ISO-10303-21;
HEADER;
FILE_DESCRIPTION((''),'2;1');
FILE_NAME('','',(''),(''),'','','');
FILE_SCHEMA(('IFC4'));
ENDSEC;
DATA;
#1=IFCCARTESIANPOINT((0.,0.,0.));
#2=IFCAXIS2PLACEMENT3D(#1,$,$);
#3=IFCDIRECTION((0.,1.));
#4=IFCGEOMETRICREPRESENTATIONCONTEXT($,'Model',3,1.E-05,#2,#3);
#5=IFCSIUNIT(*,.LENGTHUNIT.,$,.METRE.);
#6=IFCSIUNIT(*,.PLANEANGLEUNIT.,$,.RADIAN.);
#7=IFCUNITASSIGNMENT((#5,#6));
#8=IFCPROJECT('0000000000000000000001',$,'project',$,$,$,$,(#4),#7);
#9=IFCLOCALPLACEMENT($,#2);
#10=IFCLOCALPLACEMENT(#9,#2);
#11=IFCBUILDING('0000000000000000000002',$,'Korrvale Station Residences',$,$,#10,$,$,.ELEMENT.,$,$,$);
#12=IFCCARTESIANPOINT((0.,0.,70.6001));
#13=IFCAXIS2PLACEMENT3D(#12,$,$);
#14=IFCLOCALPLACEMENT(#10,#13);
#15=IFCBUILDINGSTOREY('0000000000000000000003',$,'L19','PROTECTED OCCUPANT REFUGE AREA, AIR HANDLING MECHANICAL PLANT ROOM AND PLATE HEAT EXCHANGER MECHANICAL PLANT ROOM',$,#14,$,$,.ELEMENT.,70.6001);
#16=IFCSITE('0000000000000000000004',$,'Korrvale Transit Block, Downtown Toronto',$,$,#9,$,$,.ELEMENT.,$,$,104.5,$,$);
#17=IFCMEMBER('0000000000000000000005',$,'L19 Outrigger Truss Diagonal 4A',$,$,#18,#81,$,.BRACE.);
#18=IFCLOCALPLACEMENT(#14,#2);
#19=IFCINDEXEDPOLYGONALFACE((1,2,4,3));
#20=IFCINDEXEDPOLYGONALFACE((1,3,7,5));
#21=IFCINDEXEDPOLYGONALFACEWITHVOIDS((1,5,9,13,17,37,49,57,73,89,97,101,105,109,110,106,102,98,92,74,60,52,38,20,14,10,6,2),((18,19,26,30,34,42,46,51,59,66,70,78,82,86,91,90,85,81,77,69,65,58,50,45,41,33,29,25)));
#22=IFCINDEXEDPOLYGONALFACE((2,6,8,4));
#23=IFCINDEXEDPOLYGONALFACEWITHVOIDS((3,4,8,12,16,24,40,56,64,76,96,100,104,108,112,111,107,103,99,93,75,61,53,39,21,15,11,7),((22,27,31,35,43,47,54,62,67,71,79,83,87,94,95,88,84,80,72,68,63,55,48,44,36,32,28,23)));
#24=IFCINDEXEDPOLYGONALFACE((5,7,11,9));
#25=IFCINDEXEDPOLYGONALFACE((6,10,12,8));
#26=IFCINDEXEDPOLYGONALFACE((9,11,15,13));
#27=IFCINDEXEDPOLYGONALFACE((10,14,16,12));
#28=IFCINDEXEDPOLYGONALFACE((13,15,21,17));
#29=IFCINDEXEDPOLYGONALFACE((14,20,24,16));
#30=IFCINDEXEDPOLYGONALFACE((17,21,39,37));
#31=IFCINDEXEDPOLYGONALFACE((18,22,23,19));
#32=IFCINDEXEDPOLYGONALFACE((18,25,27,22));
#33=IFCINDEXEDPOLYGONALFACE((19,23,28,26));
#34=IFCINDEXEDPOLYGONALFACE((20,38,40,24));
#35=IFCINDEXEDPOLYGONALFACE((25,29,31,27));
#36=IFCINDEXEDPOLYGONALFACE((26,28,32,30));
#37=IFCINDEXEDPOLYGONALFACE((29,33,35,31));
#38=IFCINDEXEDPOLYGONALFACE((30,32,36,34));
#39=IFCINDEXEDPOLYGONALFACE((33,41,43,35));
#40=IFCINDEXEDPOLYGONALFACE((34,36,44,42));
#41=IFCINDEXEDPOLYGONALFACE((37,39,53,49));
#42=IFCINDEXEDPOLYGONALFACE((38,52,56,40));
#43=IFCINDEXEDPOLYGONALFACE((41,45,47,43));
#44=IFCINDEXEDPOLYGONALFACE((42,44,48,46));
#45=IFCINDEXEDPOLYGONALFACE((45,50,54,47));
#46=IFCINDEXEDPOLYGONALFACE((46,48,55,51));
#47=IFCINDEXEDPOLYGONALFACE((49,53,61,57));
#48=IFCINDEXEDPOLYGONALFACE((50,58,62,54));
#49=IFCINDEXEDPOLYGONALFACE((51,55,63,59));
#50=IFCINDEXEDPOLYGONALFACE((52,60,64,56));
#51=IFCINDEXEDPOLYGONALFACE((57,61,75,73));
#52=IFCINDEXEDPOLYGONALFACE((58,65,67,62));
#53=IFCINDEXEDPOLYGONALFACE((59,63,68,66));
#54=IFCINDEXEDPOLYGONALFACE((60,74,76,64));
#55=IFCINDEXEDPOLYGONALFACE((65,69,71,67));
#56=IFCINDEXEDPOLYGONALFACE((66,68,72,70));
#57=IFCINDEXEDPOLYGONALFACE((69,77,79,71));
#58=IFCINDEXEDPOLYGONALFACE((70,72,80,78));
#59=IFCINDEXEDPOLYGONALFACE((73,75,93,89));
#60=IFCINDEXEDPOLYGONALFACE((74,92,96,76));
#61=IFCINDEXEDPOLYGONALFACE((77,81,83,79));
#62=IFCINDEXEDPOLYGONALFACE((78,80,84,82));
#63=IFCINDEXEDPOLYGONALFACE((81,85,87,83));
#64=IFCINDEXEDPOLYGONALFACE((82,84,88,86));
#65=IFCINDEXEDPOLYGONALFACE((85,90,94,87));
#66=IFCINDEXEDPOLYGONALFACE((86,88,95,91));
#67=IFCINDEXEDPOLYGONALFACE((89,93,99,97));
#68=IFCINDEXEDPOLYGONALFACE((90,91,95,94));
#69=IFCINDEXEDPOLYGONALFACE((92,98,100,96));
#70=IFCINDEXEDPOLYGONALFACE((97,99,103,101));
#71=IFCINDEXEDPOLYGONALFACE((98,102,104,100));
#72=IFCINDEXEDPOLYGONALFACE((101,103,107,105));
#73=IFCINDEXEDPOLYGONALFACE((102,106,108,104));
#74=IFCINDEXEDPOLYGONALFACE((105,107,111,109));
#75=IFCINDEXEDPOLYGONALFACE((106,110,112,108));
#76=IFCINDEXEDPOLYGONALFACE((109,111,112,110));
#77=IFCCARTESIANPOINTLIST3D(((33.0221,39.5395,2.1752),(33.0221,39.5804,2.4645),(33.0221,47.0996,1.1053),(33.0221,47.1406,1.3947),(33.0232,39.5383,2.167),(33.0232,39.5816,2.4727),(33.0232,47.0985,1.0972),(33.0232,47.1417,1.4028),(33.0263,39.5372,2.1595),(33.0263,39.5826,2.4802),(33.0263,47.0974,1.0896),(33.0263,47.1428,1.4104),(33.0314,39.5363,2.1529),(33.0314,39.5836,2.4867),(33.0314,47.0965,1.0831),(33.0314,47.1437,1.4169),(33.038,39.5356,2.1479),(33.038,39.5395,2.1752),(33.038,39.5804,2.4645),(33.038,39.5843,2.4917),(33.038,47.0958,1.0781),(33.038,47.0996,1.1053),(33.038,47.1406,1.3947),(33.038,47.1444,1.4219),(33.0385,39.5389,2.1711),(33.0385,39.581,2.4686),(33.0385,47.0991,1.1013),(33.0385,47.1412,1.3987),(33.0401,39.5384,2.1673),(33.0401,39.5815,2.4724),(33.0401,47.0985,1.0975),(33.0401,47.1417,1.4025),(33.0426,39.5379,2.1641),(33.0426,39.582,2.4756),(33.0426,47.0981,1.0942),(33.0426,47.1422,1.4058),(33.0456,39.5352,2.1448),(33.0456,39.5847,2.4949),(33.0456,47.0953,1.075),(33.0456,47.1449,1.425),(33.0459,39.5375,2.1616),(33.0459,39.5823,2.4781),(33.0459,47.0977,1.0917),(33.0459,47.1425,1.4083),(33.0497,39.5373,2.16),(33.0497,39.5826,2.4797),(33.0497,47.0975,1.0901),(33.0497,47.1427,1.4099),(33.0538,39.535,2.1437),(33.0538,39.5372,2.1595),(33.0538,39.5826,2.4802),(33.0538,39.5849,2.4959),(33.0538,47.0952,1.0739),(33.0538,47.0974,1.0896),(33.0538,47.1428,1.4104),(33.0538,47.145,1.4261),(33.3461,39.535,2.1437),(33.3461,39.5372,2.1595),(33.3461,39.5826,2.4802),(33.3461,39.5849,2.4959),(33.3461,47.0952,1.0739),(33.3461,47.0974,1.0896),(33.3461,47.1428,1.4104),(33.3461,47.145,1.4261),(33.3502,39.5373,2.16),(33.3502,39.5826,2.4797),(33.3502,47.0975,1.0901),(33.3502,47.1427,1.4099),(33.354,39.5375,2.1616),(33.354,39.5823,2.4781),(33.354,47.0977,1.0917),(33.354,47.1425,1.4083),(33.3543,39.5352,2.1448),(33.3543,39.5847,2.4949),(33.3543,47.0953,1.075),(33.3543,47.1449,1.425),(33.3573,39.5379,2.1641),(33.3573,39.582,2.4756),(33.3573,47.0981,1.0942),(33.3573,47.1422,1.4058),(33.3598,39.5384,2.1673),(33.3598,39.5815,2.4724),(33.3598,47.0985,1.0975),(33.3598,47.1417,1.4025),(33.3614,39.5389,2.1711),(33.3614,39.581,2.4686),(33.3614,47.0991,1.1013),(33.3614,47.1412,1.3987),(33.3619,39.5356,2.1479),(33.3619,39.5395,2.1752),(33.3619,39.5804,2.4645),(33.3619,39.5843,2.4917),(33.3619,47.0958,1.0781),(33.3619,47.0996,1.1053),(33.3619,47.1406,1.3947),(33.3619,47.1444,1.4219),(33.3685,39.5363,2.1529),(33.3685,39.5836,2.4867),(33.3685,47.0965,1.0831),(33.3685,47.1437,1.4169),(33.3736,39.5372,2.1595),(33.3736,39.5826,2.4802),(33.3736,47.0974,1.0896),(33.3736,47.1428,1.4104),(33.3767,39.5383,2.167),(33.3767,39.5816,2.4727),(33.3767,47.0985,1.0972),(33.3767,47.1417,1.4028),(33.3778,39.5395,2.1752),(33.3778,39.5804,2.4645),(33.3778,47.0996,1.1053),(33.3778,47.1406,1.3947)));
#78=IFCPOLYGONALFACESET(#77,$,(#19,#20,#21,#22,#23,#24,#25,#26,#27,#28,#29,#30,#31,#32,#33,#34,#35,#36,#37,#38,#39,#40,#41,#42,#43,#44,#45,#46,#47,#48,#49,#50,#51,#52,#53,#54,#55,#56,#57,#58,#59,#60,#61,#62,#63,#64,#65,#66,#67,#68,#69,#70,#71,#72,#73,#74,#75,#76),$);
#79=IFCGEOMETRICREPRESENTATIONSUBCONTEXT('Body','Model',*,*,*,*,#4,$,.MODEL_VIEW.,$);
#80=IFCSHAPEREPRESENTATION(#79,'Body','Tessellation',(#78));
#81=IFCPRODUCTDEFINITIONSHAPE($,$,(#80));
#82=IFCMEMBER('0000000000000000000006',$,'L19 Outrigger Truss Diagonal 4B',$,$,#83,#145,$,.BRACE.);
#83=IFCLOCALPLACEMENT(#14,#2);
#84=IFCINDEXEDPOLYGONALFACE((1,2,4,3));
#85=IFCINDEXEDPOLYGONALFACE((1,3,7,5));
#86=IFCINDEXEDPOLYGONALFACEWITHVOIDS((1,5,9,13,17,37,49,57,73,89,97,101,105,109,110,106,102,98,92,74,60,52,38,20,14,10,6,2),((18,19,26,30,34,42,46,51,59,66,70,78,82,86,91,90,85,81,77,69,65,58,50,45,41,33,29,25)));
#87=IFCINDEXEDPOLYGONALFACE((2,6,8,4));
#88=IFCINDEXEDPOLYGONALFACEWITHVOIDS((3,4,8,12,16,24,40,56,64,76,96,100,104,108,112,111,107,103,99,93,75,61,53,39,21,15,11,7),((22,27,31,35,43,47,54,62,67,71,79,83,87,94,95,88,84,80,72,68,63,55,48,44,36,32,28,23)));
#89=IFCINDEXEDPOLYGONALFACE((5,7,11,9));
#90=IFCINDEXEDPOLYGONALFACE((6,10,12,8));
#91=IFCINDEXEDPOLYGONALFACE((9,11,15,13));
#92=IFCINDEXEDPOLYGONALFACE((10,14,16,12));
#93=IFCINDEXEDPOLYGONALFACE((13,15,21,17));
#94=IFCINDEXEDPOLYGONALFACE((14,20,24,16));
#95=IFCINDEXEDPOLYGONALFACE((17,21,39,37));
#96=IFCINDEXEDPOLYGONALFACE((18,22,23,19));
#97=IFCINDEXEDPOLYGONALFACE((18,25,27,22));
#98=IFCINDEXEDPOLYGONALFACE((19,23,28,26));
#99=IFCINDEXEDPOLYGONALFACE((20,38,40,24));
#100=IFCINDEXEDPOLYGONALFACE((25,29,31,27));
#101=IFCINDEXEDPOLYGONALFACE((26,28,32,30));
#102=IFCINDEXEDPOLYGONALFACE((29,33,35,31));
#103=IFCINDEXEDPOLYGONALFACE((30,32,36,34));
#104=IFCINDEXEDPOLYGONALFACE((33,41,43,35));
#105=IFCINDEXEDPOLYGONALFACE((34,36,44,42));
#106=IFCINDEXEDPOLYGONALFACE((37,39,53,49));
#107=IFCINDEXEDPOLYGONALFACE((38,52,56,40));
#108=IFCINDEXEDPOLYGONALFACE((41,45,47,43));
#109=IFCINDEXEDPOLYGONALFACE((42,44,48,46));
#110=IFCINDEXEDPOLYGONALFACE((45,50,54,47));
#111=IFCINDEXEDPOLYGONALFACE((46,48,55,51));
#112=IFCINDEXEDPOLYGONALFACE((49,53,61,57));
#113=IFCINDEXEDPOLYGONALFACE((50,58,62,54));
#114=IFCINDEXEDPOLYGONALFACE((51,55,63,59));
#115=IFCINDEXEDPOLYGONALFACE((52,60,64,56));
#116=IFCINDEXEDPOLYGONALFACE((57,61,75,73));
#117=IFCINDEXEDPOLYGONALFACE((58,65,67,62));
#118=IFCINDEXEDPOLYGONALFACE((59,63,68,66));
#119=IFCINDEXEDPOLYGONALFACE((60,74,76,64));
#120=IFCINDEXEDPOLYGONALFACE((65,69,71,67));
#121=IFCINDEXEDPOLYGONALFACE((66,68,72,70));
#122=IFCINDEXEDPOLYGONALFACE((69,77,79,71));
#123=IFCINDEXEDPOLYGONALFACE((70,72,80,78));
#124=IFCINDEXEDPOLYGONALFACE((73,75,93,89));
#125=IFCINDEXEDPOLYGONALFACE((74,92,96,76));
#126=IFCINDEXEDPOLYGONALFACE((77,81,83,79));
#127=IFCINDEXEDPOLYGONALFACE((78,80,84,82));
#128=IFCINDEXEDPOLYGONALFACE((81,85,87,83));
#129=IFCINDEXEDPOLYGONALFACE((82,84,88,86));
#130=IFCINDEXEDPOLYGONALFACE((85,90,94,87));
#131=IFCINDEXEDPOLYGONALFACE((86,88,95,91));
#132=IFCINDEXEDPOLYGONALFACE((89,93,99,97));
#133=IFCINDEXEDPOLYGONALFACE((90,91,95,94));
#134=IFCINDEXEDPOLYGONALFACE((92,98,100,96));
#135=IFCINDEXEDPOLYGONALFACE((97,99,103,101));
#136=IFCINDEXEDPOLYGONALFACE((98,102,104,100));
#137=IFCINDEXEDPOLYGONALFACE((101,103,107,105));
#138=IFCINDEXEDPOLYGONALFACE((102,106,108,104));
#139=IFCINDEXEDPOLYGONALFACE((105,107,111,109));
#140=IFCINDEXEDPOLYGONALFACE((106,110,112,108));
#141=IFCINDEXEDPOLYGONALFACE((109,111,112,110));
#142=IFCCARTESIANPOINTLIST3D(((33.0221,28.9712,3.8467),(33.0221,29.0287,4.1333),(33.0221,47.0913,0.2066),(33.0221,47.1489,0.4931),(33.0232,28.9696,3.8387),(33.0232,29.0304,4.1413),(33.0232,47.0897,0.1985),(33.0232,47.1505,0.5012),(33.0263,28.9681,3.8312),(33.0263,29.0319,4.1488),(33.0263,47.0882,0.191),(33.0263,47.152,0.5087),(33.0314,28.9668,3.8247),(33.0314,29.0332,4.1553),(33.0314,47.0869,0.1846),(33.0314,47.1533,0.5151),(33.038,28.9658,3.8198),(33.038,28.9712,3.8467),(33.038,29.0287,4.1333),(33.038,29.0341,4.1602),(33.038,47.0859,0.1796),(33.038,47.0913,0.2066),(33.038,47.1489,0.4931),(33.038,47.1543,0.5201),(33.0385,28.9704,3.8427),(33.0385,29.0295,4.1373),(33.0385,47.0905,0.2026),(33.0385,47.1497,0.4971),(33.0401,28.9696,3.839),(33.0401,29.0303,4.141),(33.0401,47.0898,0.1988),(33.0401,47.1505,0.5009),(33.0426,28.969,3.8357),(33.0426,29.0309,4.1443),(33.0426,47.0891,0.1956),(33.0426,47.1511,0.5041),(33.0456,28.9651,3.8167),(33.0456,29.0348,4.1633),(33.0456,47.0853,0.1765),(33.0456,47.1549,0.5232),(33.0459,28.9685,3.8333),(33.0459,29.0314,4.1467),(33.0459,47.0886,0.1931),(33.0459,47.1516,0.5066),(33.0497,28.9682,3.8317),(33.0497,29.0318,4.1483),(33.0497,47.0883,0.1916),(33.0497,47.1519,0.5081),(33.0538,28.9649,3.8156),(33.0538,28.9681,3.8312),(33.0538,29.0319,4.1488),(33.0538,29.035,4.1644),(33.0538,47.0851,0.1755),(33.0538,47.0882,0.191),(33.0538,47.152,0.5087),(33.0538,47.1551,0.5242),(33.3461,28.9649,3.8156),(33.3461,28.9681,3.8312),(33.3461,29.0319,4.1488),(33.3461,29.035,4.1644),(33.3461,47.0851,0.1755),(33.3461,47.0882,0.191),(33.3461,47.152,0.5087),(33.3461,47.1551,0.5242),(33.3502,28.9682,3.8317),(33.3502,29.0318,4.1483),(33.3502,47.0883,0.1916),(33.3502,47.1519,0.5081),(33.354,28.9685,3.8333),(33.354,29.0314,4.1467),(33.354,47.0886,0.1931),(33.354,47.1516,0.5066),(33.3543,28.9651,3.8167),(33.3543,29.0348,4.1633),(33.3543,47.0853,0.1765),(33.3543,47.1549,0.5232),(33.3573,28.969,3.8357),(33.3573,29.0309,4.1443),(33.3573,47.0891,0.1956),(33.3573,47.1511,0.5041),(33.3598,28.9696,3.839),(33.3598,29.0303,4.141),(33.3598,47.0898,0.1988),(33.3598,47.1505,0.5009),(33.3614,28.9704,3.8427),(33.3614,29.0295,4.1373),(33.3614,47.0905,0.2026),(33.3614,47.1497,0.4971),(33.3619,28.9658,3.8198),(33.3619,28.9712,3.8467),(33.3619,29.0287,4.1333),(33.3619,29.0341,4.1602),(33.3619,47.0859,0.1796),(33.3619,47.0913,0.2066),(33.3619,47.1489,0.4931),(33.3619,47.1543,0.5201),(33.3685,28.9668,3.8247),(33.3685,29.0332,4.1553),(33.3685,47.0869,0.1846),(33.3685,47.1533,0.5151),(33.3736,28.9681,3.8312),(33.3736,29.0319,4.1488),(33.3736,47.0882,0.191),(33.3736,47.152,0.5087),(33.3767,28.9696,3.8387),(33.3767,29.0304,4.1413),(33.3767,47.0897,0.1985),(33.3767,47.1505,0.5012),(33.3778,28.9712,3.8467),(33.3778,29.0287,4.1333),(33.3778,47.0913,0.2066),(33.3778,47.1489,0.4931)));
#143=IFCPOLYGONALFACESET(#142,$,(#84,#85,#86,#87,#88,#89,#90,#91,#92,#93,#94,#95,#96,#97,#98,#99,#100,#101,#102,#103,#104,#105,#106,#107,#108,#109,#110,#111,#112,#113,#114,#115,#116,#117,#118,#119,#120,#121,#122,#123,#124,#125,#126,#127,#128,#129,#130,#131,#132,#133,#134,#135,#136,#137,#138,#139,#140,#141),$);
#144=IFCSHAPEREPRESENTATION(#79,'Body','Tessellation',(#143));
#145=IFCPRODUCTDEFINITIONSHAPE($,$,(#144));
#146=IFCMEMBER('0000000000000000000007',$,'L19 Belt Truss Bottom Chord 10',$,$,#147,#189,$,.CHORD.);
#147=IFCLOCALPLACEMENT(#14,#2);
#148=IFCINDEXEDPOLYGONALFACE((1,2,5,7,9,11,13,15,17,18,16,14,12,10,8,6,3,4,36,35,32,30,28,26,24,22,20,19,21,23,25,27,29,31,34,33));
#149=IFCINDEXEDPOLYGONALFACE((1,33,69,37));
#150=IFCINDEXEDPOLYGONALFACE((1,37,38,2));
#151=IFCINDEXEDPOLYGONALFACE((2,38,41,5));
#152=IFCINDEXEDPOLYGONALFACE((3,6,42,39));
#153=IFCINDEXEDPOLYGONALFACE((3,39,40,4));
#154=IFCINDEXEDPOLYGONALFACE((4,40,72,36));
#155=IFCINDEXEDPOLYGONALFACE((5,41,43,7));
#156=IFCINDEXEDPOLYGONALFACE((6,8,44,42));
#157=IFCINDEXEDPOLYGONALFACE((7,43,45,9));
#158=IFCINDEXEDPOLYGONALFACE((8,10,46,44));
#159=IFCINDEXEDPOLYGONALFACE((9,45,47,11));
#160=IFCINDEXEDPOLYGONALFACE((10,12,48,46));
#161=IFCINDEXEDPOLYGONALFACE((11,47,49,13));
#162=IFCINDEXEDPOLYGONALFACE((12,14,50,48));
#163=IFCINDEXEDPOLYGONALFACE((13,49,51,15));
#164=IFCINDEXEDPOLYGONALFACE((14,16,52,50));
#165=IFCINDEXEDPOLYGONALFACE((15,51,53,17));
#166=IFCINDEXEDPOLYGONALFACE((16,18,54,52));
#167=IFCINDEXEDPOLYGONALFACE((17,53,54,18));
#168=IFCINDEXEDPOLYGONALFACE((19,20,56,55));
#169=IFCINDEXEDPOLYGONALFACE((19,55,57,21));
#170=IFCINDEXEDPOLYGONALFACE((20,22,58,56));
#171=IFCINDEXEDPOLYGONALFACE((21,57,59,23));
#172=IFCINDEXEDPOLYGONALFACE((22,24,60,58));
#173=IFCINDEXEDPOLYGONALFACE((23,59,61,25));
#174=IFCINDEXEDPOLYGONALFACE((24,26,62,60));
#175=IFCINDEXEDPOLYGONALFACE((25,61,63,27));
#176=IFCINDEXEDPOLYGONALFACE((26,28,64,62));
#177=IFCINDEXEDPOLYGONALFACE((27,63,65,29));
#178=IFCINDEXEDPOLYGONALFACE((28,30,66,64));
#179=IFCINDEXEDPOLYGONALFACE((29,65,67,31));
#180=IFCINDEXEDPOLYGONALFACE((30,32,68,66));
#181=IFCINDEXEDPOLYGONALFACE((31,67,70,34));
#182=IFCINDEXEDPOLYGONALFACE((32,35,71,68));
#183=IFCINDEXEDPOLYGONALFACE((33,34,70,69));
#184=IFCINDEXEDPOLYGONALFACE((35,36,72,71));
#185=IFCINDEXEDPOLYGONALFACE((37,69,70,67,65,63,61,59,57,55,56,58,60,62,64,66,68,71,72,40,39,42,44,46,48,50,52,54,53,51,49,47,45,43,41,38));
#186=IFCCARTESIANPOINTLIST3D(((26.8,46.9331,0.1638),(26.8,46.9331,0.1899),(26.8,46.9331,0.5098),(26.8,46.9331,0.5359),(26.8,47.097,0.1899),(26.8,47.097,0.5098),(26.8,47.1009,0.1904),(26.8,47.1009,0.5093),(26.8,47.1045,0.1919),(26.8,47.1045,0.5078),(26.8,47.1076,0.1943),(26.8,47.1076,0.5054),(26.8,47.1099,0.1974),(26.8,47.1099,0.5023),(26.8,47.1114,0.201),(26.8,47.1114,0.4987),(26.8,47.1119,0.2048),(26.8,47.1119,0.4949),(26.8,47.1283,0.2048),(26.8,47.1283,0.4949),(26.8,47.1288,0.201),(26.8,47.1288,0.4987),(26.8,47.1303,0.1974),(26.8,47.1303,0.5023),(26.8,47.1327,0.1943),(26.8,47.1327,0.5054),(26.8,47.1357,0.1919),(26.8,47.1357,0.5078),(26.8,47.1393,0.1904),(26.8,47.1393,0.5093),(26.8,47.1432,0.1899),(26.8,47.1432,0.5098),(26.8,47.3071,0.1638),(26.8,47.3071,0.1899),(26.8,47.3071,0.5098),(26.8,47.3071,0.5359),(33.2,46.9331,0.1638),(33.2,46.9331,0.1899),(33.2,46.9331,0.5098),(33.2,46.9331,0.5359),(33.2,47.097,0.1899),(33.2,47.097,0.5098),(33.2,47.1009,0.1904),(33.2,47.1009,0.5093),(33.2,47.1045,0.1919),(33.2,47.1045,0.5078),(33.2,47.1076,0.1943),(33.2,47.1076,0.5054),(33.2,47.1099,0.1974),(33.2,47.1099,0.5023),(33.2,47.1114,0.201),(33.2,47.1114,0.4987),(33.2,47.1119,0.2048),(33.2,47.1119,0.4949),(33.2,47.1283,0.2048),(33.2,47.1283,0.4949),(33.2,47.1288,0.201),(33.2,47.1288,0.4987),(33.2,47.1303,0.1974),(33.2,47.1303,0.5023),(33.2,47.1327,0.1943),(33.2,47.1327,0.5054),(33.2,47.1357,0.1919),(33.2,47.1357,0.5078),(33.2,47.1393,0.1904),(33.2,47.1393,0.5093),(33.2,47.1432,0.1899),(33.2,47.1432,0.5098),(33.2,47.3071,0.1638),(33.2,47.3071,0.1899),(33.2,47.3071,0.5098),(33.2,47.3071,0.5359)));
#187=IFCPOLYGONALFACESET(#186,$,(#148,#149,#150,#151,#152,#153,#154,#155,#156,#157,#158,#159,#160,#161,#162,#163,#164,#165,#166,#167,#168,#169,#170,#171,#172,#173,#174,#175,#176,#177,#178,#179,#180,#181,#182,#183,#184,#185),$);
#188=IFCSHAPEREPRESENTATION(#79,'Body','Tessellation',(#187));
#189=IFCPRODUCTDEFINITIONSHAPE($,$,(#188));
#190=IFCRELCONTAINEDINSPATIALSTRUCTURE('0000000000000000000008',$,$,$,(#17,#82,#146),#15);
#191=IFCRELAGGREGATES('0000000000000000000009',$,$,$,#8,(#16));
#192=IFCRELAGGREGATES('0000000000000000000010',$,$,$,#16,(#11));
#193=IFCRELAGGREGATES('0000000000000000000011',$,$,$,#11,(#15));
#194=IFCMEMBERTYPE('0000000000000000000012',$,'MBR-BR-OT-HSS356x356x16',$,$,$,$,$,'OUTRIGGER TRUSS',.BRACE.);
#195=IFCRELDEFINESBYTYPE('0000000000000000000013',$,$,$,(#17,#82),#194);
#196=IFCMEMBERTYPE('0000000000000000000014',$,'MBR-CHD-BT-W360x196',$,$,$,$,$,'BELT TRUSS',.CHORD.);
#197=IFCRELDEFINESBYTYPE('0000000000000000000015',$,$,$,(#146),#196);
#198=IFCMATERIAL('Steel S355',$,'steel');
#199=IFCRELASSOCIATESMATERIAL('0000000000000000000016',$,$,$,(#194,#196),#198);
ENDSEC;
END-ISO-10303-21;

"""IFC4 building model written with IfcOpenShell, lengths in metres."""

from ifc_helpers import new_model, si_unit, direction, frame, origin, origin_2d, place, context, subcontext, project, spatial, hollow_rectangle, i_section, extrude, material, material_profile, profile_set, type_object, element, save


model = new_model("IFC4")

# Units and contexts
model_context = context("Model", 3, precision=1e-05, world=origin(), true_north=direction((0.0, 1.0)))
body_context = subcontext(model_context, "Body", "Model", "MODEL_VIEW")
ifc_project = project(units=[si_unit("LENGTHUNIT", "METRE"), si_unit("PLANEANGLEUNIT", "RADIAN")], contexts=[model_context])

# Site, building, storey
site_placement = place(None, origin())
site = spatial("IfcSite", under=ifc_project, at=site_placement, Name="Korrvale Transit Block, Downtown Toronto", CompositionType="ELEMENT", RefElevation=104.5)
building_placement = place(site_placement, origin())
building = spatial("IfcBuilding", under=site, at=building_placement, Name="Korrvale Station Residences", CompositionType="ELEMENT")
storey_placement = place(building_placement, frame((0.0, 0.0, 70.6001)))
storey = spatial("IfcBuildingStorey", under=building, at=storey_placement, Name="L19", Description="PROTECTED OCCUPANT REFUGE AREA, AIR HANDLING MECHANICAL PLANT ROOM AND PLATE HEAT EXCHANGER MECHANICAL PLANT ROOM", CompositionType="ELEMENT", Elevation=70.6001)

# Members
ifc_material_1 = material(Name="Steel S355", Category="steel")
ifc_material_profile_1 = material_profile(ifc_material_1, hollow_rectangle(XDim=0.3557, YDim=0.3557, WallThickness=0.0159, InnerFilletRadius=0.0159, OuterFilletRadius=0.0317, at=origin_2d()), Name="HSS356x356x16")
ifc_profile_set_1 = profile_set([ifc_material_profile_1], Name="Steel S355")
member_type_1 = type_object("IfcMemberType", Name="MBR-BR-OT-HSS356x356x16", ElementType="OUTRIGGER TRUSS", PredefinedType="BRACE", material=ifc_profile_set_1)
member_1_placement = place(storey_placement, frame((33.2, 47.1201, 1.25), z_axis=(0.0, -0.990135, 0.140114), x_axis=(1.0, 0.0, 0.0)))
element("IfcMember", 1, at=member_1_placement, inside=storey, type_object=member_type_1, Name="L19 Outrigger Truss Diagonal 4A", PredefinedType="BRACE", context=body_context, shape_type="SweptSolid", body=[
    extrude(hollow_rectangle(XDim=0.3557, YDim=0.3557, WallThickness=0.0159, InnerFilletRadius=0.0159, OuterFilletRadius=0.0317, at=origin_2d()), origin(), (0.0, 0.0, 1.0), 7.6355),
])
member_2_placement = place(storey_placement, frame((33.2, 47.1201, 0.3499), z_axis=(0.0, -0.980413, 0.196954), x_axis=(1.0, 0.0, 0.0)))
element("IfcMember", 2, at=member_2_placement, inside=storey, type_object=member_type_1, Name="L19 Outrigger Truss Diagonal 4B", PredefinedType="BRACE", context=body_context, shape_type="SweptSolid", body=[
    extrude(hollow_rectangle(XDim=0.3557, YDim=0.3557, WallThickness=0.0159, InnerFilletRadius=0.0159, OuterFilletRadius=0.0317, at=origin_2d()), origin(), (0.0, 0.0, 1.0), 18.4822),
])
ifc_material_profile_2 = material_profile(ifc_material_1, i_section(OverallWidth=0.374, OverallDepth=0.3721, WebThickness=0.0164, FlangeThickness=0.0261, FilletRadius=0.0149, at=origin_2d()), Name="W360x196")
ifc_profile_set_2 = profile_set([ifc_material_profile_2], Name="Steel S355")
member_type_2 = type_object("IfcMemberType", Name="MBR-CHD-BT-W360x196", ElementType="BELT TRUSS", PredefinedType="CHORD", material=ifc_profile_set_2)
member_3_placement = place(storey_placement, frame((26.8, 47.1201, 0.3499), z_axis=(1.0, 0.0, 0.0), x_axis=(0.0, 1.0, 0.0)))
element("IfcMember", 3, at=member_3_placement, inside=storey, type_object=member_type_2, Name="L19 Belt Truss Bottom Chord 10", PredefinedType="CHORD", context=body_context, shape_type="SweptSolid", body=[
    extrude(i_section(OverallWidth=0.374, OverallDepth=0.3721, WebThickness=0.0164, FlangeThickness=0.0261, FilletRadius=0.0149, at=origin_2d()), origin(), (0.0, 0.0, 1.0), 6.3999),
])

save(model, "model.ifc")
